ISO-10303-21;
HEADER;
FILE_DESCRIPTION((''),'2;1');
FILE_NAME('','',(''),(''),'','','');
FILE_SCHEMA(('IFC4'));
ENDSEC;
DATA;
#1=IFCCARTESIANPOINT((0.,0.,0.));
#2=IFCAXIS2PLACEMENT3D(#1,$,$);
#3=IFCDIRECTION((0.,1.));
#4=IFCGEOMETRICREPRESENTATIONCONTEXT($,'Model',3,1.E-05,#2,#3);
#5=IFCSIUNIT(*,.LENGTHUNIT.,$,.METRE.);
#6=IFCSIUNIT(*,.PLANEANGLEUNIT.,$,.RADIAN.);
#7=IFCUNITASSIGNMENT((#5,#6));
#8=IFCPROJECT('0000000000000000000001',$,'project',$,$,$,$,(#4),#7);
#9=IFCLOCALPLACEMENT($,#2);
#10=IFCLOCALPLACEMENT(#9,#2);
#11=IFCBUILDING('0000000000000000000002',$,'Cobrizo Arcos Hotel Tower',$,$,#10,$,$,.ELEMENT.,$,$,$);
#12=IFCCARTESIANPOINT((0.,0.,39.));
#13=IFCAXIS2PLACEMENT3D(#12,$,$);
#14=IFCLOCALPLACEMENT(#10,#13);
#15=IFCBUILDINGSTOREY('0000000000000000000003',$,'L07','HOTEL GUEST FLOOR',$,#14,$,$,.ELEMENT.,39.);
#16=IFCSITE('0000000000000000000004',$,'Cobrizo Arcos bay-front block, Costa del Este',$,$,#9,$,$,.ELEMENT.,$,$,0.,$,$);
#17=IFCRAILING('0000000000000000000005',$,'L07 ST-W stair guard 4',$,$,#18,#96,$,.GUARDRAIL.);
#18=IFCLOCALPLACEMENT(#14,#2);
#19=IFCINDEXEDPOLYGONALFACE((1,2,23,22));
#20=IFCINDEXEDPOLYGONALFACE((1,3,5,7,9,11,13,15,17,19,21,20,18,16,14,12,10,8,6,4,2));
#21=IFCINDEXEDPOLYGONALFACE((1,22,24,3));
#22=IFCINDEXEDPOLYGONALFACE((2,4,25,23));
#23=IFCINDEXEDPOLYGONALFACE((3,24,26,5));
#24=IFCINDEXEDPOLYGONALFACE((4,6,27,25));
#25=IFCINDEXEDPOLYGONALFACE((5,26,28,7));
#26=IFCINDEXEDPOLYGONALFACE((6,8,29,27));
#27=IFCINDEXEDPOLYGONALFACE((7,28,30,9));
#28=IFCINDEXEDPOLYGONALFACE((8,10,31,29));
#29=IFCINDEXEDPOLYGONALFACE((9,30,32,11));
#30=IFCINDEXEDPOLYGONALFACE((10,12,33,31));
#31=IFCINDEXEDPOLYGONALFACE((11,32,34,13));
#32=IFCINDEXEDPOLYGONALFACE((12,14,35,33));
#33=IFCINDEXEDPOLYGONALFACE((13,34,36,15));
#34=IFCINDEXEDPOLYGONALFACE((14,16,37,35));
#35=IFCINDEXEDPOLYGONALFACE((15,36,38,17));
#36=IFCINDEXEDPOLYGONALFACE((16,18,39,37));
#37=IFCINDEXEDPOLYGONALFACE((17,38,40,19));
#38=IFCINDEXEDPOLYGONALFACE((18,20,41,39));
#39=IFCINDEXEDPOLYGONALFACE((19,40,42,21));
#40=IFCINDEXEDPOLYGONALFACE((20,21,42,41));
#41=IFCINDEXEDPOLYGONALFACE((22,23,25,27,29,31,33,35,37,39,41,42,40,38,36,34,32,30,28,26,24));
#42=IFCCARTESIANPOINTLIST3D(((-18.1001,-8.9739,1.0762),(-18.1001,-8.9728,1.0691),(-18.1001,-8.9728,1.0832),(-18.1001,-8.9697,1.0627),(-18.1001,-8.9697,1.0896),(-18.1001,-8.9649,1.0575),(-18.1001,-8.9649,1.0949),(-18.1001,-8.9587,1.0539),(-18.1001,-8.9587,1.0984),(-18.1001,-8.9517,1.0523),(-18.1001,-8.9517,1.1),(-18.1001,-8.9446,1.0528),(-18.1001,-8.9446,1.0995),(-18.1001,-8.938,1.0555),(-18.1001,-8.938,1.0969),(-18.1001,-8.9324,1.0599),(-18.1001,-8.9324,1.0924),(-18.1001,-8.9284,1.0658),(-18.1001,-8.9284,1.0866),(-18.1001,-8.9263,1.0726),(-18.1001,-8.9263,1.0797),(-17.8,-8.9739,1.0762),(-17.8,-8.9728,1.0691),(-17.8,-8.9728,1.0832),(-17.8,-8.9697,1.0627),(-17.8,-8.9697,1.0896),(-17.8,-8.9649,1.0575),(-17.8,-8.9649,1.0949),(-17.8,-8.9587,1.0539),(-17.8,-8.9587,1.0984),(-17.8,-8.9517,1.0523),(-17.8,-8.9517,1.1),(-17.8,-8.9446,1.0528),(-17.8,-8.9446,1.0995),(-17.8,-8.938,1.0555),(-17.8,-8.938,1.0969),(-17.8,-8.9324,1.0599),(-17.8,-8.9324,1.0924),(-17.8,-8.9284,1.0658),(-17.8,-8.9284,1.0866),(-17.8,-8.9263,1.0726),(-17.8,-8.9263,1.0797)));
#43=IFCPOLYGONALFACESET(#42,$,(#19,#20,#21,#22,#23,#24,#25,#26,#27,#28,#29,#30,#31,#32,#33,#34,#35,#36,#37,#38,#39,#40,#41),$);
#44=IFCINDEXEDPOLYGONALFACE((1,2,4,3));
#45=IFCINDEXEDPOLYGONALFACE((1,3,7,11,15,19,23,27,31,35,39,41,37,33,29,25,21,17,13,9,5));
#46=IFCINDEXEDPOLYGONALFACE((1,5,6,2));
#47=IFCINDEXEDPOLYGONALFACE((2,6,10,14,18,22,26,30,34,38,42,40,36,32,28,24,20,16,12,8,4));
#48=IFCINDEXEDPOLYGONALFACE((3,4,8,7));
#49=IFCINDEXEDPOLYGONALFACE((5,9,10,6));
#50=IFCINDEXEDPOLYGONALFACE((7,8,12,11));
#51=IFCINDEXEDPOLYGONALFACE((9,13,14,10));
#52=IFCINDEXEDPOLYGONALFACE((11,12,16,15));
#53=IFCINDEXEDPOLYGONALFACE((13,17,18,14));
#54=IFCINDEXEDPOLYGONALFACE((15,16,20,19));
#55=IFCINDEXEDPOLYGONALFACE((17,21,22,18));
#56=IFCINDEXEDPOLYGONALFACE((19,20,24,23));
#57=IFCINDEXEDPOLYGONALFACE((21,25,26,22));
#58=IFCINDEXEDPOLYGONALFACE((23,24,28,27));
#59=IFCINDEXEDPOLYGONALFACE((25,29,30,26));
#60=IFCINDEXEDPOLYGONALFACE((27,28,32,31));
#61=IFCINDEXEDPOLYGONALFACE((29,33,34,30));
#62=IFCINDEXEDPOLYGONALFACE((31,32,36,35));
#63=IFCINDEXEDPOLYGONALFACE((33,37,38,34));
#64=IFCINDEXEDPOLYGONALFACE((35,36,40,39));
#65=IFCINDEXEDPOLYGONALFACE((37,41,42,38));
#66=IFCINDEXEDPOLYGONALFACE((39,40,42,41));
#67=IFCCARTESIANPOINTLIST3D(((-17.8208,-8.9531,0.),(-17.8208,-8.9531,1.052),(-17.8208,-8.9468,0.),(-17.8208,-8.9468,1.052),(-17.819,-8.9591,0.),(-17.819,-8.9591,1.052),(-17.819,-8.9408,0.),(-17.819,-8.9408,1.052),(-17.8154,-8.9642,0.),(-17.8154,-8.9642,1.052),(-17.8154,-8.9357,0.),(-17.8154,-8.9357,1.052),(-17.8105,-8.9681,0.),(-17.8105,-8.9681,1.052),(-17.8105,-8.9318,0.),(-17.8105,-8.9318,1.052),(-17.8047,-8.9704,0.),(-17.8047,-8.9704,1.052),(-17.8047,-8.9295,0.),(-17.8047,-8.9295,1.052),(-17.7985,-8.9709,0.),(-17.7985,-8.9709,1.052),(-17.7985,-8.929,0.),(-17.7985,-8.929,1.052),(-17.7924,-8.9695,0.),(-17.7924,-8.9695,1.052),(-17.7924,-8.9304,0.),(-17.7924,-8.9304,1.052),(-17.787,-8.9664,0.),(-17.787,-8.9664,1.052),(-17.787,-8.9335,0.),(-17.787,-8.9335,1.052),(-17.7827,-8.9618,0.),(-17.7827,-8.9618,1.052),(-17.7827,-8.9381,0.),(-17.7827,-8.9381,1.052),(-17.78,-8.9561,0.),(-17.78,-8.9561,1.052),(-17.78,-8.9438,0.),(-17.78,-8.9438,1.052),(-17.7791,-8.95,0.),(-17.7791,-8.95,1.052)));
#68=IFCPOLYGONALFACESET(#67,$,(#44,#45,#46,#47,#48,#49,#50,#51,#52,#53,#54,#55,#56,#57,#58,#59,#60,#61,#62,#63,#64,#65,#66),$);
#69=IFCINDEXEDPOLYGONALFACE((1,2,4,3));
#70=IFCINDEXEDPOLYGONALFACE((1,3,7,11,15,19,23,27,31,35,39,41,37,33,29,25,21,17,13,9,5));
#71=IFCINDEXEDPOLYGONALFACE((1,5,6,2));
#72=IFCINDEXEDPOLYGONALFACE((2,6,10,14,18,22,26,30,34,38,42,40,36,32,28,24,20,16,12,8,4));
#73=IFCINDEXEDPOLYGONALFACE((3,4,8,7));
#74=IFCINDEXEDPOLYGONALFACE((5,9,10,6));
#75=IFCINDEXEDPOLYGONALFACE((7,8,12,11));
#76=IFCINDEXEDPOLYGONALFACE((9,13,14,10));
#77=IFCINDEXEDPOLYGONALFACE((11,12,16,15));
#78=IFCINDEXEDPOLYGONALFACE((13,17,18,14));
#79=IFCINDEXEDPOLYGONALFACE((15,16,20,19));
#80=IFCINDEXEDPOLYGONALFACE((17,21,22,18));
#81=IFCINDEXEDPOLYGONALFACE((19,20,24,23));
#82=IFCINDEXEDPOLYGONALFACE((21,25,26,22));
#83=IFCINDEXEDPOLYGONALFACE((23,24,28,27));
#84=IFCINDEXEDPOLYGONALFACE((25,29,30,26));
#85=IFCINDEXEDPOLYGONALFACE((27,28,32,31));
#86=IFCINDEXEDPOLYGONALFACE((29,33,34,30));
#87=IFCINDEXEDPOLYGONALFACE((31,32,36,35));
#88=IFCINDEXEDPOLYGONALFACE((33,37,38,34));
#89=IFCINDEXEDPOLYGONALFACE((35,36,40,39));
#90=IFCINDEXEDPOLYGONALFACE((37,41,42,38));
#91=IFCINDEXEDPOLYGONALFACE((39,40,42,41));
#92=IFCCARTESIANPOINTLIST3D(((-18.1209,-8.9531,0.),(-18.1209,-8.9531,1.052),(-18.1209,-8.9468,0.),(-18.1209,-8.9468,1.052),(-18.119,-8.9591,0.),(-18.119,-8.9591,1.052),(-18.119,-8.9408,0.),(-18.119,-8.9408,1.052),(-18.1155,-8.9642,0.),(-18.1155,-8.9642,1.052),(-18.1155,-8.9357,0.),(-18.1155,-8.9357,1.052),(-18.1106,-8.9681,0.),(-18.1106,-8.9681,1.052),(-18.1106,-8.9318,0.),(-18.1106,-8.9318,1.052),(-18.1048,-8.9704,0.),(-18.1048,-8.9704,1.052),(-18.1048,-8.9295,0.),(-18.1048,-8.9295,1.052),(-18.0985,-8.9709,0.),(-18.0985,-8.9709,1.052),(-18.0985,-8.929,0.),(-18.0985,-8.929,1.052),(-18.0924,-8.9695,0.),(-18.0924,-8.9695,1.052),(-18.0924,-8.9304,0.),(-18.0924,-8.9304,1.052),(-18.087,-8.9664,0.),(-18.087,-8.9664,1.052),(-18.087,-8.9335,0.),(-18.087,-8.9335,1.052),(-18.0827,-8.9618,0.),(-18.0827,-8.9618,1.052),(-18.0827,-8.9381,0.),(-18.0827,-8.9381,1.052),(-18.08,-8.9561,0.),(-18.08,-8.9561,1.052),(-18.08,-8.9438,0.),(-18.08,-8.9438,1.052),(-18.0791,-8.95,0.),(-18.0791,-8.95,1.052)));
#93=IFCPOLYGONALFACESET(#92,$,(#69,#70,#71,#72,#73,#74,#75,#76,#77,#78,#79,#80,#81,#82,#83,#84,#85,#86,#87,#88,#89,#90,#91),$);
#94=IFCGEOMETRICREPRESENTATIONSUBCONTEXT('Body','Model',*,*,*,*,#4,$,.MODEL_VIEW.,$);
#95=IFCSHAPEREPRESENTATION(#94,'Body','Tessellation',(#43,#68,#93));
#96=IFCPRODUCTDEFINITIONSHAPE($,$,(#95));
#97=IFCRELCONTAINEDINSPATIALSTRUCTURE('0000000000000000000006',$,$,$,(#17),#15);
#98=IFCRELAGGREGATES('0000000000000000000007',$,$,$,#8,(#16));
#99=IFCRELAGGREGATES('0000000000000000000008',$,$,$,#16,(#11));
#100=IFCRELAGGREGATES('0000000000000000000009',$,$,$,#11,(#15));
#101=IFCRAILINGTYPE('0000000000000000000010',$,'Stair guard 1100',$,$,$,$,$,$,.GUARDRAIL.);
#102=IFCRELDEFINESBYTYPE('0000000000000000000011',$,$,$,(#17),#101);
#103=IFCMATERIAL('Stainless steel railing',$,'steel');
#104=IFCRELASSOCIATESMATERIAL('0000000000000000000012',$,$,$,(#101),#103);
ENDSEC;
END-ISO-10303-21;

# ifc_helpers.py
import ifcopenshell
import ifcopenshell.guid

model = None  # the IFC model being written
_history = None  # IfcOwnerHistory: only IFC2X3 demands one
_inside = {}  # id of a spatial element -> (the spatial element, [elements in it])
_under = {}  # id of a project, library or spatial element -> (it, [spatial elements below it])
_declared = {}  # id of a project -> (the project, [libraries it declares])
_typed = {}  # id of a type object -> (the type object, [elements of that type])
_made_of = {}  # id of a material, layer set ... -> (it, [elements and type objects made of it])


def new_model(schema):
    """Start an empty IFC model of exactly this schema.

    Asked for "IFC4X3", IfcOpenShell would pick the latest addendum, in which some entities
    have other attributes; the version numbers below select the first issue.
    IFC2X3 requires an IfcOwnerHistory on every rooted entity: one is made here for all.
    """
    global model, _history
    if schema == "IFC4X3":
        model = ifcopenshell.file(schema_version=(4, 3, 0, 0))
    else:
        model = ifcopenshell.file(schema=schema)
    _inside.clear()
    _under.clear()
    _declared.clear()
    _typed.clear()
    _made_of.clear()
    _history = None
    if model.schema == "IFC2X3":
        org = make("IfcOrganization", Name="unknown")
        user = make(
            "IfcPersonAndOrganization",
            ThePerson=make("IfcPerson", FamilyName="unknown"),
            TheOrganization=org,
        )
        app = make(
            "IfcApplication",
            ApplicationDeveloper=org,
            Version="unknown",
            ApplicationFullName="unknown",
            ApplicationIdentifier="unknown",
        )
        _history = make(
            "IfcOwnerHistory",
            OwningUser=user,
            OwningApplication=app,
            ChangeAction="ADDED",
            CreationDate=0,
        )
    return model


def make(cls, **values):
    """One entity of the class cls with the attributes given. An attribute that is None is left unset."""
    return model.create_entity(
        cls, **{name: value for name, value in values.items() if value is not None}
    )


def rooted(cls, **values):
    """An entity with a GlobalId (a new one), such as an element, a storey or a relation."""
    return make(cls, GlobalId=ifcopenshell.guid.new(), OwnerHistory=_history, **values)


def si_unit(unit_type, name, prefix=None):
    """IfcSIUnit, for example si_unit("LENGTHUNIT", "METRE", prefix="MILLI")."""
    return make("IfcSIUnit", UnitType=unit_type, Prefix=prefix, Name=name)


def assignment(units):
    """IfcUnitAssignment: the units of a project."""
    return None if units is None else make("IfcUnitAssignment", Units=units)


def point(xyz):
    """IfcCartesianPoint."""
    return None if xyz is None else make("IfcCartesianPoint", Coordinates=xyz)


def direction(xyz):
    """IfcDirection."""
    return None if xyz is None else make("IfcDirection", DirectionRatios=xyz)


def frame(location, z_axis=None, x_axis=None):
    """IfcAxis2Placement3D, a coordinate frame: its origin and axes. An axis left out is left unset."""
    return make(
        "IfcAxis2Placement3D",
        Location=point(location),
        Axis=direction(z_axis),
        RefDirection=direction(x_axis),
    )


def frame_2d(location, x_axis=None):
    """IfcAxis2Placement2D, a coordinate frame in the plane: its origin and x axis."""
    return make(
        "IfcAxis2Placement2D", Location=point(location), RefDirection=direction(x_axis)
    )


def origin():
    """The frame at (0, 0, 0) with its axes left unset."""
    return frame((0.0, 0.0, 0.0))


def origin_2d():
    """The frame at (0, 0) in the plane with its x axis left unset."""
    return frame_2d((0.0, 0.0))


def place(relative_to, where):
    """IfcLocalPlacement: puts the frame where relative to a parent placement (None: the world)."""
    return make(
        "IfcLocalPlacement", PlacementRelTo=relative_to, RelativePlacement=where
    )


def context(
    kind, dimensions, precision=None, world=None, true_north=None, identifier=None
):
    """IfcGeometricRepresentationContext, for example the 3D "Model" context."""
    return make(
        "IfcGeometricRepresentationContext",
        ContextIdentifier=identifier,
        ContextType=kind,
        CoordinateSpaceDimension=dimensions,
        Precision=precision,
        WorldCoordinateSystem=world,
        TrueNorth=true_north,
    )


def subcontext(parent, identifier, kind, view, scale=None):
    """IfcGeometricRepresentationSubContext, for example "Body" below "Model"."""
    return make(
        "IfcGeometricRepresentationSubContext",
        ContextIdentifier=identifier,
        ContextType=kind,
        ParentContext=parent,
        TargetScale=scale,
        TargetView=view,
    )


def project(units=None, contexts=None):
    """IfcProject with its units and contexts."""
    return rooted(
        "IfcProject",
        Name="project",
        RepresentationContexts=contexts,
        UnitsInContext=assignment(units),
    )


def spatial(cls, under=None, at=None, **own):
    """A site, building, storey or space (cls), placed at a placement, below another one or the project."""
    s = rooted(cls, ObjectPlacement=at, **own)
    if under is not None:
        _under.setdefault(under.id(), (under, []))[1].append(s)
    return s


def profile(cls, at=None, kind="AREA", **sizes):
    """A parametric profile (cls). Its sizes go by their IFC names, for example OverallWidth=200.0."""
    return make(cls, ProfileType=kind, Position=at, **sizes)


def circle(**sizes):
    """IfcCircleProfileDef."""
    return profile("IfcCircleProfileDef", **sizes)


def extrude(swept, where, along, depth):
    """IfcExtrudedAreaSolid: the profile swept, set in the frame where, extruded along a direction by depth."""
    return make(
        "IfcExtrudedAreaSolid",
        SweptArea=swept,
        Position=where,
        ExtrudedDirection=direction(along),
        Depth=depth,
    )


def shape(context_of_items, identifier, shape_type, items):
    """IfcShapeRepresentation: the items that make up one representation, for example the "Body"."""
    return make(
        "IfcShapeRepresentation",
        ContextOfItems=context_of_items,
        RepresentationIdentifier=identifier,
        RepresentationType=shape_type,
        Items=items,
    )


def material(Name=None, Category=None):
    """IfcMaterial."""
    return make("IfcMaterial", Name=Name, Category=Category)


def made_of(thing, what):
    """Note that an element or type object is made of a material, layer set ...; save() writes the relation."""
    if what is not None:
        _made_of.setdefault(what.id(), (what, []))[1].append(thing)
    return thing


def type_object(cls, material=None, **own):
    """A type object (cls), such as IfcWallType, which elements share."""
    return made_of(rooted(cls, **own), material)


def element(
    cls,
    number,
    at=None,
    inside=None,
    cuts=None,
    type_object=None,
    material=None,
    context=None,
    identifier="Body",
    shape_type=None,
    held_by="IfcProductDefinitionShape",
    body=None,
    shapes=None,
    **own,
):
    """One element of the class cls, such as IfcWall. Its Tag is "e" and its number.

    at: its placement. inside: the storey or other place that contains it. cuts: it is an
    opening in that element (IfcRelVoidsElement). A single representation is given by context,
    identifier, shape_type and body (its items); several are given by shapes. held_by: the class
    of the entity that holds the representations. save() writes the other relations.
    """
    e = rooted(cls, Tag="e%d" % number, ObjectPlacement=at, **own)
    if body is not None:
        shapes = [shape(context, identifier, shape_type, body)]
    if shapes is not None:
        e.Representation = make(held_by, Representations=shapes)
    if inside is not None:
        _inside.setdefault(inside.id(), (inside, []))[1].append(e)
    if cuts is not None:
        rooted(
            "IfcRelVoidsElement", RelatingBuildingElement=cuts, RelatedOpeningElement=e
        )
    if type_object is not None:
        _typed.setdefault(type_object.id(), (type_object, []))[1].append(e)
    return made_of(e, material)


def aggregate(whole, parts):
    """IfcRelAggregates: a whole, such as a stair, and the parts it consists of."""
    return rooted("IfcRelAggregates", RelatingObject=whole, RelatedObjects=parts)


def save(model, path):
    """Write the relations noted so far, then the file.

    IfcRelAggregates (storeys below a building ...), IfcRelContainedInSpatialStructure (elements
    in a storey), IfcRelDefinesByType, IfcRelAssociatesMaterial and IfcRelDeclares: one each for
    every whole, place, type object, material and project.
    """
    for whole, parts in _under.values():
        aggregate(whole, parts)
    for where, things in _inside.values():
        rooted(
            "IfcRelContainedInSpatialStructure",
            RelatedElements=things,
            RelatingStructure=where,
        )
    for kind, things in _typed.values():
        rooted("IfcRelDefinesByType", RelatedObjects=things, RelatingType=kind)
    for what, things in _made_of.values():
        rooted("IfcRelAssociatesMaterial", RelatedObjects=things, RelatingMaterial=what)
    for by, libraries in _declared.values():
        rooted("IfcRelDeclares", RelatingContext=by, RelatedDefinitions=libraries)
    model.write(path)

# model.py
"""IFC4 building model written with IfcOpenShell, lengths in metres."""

from ifc_helpers import new_model, si_unit, direction, frame, origin, origin_2d, place, context, subcontext, project, spatial, circle, extrude, material, type_object, element, save


model = new_model("IFC4")

# Units and contexts
model_context = context("Model", 3, precision=1e-05, world=origin(), true_north=direction((0.0, 1.0)))
body_context = subcontext(model_context, "Body", "Model", "MODEL_VIEW")
ifc_project = project(units=[si_unit("LENGTHUNIT", "METRE"), si_unit("PLANEANGLEUNIT", "RADIAN")], contexts=[model_context])

# Site, building, storey
site_placement = place(None, origin())
site = spatial("IfcSite", under=ifc_project, at=site_placement, Name="Cobrizo Arcos bay-front block, Costa del Este", CompositionType="ELEMENT", RefElevation=0.0)
building_placement = place(site_placement, origin())
building = spatial("IfcBuilding", under=site, at=building_placement, Name="Cobrizo Arcos Hotel Tower", CompositionType="ELEMENT")
storey_placement = place(building_placement, frame((0.0, 0.0, 39.0)))
storey = spatial("IfcBuildingStorey", under=building, at=storey_placement, Name="L07", Description="HOTEL GUEST FLOOR", CompositionType="ELEMENT", Elevation=39.0)

# Railing
ifc_material_1 = material(Name="Stainless steel railing", Category="steel")
railing_type_1 = type_object("IfcRailingType", Name="Stair guard 1100", PredefinedType="GUARDRAIL", material=ifc_material_1)
railing_1_placement = place(storey_placement, frame((-17.8, -8.95, 0.0)))
element("IfcRailing", 1, at=railing_1_placement, inside=storey, type_object=railing_type_1, Name="L07 ST-W stair guard 4", PredefinedType="GUARDRAIL", context=body_context, shape_type="SweptSolid", body=[
    extrude(circle(Radius=0.0239, at=origin_2d()), frame((0.0, 0.0, 1.0762), z_axis=(-1.0, 0.0, 0.0), x_axis=(0.0, -1.0, 0.0)), (0.0, 0.0, 1.0), 0.3),
    extrude(circle(Radius=0.021, at=origin_2d()), origin(), (0.0, 0.0, 1.0), 1.052),
    extrude(circle(Radius=0.021, at=origin_2d()), frame((-0.3, 0.0, 0.0)), (0.0, 0.0, 1.0), 1.052),
])

save(model, "model.ifc")
